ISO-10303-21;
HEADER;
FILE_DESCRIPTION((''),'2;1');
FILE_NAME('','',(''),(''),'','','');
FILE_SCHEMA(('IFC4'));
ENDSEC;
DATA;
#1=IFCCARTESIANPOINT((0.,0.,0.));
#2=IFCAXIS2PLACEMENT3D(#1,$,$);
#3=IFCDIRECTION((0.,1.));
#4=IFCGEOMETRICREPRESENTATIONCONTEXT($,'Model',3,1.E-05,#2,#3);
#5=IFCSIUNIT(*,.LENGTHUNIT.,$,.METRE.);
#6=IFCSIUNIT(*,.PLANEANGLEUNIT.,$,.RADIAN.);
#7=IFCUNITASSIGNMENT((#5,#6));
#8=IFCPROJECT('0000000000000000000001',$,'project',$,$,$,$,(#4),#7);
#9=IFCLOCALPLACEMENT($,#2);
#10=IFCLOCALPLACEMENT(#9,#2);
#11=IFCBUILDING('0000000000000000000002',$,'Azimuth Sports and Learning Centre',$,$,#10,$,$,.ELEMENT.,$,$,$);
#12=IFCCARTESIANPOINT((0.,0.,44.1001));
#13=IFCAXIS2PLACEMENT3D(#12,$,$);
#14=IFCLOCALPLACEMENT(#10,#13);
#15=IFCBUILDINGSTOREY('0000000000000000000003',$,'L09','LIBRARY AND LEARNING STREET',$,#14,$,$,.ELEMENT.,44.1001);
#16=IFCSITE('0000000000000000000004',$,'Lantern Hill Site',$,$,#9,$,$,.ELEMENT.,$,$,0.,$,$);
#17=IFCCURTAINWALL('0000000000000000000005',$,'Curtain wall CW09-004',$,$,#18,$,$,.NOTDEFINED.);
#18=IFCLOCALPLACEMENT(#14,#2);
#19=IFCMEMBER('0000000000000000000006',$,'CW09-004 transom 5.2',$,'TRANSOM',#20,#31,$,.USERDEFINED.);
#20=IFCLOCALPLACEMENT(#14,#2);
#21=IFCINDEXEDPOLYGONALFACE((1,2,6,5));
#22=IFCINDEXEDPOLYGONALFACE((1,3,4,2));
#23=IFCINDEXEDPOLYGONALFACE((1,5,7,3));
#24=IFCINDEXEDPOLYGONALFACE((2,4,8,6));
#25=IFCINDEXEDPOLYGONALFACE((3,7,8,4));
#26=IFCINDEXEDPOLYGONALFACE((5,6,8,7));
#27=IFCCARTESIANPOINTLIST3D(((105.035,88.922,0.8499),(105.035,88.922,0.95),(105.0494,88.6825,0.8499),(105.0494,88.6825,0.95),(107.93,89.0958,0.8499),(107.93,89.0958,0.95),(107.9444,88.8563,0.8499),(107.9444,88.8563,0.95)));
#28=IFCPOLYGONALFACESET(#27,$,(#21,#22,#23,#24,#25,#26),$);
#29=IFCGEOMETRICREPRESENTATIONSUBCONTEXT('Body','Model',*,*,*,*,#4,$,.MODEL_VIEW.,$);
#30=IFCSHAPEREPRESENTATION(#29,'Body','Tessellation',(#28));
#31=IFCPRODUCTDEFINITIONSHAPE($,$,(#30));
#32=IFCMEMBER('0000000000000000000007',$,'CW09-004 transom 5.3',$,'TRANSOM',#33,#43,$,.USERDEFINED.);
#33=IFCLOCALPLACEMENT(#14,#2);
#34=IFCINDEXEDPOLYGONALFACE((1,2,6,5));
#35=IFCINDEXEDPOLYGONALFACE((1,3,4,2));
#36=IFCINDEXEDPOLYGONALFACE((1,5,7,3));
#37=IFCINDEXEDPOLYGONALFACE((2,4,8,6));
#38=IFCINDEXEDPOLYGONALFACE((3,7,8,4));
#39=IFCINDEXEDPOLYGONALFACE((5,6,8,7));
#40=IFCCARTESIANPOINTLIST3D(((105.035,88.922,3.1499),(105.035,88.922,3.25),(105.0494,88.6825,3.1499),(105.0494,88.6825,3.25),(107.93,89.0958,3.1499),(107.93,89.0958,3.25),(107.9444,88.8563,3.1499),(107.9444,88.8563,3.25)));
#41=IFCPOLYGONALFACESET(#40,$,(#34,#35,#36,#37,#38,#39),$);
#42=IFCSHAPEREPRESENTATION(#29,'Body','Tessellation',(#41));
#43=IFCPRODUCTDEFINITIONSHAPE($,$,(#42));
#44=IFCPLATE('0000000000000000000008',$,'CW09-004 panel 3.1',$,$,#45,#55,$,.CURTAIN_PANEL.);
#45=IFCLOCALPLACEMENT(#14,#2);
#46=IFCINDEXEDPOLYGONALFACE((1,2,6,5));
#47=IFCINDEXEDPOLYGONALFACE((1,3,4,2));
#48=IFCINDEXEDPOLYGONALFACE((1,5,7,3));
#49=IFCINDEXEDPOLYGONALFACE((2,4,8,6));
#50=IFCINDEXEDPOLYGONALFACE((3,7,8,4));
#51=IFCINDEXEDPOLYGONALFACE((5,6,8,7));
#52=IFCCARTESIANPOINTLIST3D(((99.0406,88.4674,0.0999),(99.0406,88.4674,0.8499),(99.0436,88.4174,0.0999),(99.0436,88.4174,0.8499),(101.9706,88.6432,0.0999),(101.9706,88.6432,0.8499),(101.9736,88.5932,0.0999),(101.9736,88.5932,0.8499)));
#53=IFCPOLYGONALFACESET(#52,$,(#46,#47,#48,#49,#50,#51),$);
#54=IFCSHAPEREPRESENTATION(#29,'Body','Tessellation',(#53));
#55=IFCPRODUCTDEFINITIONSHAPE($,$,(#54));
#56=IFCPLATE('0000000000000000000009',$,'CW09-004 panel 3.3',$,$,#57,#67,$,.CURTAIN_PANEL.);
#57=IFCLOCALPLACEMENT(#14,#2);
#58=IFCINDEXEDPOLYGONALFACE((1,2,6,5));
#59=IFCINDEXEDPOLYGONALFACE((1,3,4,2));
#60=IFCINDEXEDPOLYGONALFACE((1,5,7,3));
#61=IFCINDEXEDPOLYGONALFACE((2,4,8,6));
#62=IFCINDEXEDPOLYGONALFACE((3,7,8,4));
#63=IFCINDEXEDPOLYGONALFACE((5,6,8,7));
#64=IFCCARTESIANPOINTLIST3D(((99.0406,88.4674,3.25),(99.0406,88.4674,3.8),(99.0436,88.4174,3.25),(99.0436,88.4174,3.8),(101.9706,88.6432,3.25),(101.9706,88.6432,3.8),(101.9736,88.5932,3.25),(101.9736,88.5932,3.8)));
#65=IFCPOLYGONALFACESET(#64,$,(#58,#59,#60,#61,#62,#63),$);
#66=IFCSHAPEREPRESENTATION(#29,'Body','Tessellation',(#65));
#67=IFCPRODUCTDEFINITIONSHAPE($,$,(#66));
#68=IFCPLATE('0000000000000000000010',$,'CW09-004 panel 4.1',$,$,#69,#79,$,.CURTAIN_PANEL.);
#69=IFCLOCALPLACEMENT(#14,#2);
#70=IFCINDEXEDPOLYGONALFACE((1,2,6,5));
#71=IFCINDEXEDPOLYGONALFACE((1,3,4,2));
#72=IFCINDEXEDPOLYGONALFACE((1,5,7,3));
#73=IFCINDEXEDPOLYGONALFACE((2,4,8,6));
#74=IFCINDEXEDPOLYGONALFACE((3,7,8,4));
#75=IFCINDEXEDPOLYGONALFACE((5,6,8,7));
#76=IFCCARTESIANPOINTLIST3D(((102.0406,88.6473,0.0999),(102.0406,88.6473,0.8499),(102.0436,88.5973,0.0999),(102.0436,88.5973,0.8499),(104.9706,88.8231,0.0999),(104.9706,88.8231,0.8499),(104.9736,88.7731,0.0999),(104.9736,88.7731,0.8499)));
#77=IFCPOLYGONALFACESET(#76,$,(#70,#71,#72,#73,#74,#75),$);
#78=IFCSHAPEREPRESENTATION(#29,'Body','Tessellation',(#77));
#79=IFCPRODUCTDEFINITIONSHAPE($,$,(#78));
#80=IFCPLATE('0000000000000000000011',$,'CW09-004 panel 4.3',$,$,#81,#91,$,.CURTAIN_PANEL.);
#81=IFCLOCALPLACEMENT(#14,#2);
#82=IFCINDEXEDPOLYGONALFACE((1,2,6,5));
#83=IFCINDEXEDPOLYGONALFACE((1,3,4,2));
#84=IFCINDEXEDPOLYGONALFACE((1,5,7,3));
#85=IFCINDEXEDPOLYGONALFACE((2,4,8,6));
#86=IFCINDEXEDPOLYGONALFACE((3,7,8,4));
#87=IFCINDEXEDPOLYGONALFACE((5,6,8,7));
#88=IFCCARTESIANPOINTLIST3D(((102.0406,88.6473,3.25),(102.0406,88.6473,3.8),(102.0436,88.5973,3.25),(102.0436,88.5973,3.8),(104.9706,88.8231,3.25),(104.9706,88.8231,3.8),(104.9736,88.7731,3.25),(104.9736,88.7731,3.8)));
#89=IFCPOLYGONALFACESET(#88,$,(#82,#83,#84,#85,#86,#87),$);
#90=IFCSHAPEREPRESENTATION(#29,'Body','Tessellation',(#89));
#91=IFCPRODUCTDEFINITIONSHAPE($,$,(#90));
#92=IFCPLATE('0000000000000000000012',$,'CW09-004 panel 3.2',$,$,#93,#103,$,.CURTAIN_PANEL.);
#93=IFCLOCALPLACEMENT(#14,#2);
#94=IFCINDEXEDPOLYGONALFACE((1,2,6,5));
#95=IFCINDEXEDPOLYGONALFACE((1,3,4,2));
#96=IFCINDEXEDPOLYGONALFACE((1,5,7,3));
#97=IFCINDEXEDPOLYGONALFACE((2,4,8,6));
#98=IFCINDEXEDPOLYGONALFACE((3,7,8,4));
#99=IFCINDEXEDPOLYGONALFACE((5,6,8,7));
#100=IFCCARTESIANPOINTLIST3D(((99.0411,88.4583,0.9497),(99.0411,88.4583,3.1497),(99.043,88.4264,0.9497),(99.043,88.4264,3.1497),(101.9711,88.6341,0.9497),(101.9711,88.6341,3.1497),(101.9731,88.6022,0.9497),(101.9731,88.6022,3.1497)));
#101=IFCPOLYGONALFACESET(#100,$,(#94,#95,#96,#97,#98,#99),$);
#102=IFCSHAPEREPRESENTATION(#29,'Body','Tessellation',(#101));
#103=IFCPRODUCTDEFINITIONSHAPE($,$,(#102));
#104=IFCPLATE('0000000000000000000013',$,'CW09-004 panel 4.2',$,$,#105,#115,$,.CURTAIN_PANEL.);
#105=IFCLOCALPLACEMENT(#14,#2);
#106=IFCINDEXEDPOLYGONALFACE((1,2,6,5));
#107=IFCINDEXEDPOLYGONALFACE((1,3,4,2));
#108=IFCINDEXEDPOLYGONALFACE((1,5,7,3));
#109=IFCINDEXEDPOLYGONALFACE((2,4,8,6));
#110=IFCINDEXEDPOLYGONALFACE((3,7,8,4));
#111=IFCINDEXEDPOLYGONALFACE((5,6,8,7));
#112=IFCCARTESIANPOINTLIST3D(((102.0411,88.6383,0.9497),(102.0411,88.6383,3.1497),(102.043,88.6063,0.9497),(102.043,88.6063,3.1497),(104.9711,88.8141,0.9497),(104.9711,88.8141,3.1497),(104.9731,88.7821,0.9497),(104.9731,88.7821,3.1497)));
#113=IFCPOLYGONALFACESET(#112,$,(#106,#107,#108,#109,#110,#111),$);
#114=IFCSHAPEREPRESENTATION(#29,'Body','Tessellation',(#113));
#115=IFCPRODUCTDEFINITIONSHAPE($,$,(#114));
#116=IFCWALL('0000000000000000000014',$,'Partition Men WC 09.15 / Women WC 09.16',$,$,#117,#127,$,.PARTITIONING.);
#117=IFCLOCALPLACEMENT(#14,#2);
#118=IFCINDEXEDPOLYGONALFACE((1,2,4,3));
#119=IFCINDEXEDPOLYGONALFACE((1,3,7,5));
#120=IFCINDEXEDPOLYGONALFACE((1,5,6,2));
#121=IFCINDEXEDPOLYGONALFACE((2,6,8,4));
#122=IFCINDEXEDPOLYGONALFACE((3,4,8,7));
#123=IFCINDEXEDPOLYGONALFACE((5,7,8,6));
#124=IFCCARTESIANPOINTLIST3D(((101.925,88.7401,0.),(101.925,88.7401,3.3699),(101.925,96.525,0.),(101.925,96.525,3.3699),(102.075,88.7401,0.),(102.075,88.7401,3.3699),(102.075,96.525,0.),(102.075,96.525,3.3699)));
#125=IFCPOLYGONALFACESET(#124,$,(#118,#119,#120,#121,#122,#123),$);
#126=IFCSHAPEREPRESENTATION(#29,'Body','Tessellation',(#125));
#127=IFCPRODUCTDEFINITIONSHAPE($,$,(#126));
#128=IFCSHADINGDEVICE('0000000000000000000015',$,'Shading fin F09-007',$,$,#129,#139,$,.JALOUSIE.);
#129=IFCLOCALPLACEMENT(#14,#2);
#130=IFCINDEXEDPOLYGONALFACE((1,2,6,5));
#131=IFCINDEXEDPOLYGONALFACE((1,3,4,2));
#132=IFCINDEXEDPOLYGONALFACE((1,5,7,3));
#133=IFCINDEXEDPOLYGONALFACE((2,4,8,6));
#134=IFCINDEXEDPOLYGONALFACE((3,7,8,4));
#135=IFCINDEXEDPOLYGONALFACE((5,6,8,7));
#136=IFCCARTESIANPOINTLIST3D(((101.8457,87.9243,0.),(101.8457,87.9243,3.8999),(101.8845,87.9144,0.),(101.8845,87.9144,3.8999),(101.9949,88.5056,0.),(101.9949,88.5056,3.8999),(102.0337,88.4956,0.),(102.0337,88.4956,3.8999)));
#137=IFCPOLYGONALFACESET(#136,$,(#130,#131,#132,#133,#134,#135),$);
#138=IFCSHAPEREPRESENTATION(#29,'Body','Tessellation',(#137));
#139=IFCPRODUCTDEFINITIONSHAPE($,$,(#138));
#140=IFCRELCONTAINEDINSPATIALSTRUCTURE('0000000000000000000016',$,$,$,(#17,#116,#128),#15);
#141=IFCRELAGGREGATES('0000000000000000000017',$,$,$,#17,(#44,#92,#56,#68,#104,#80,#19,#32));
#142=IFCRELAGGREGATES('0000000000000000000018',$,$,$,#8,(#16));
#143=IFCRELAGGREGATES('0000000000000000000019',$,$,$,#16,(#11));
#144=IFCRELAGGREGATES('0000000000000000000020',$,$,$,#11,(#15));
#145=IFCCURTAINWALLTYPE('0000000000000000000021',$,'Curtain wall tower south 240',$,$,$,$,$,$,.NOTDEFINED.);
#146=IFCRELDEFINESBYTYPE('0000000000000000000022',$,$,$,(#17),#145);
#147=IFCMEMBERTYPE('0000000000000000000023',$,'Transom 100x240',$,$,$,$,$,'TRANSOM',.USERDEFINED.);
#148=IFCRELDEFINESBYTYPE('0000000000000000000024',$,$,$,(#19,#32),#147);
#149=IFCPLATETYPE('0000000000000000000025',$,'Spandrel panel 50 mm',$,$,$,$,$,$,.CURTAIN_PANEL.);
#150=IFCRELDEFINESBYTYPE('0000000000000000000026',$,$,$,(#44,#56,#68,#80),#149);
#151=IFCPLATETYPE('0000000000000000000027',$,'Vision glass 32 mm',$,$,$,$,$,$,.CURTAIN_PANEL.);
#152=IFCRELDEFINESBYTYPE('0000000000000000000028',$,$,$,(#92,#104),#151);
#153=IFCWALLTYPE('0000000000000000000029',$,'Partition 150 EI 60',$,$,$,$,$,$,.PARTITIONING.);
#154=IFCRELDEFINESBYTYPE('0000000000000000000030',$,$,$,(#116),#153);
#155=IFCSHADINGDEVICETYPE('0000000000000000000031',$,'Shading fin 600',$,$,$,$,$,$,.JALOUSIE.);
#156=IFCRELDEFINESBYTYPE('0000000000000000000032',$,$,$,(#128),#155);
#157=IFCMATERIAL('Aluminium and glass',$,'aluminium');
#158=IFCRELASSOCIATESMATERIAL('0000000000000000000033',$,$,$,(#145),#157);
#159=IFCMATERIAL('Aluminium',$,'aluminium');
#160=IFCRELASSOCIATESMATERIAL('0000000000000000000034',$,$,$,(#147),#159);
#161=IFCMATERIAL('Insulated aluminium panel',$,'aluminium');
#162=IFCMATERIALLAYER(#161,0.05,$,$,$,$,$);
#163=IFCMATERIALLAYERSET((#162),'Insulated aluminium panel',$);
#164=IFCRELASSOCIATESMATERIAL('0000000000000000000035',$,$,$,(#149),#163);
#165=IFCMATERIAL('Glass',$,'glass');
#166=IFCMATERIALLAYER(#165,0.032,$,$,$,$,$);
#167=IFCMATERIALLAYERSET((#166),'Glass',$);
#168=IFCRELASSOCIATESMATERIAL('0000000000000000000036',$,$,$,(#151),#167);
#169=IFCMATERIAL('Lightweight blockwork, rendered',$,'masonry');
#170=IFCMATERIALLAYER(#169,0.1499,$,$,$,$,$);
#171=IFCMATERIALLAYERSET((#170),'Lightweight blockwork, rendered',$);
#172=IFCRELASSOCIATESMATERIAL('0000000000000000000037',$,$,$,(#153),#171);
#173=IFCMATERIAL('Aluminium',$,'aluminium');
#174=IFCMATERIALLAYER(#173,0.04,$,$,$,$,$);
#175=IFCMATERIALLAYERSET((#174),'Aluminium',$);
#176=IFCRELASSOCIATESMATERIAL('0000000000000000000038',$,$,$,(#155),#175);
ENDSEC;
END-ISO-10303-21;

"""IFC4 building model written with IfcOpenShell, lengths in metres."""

from ifc_helpers import new_model, si_unit, direction, frame, frame_2d, origin, origin_2d, place, context, subcontext, project, spatial, rectangle, extrude, material, layer, layer_set, material_profile, profile_set, type_object, element, aggregate, save


model = new_model("IFC4")

# Units and contexts
model_context = context("Model", 3, precision=1e-05, world=origin(), true_north=direction((0.0, 1.0)))
body_context = subcontext(model_context, "Body", "Model", "MODEL_VIEW")
ifc_project = project(units=[si_unit("LENGTHUNIT", "METRE"), si_unit("PLANEANGLEUNIT", "RADIAN")], contexts=[model_context])

# Site, building, storey
site_placement = place(None, origin())
site = spatial("IfcSite", under=ifc_project, at=site_placement, Name="Lantern Hill Site", CompositionType="ELEMENT", RefElevation=0.0)
building_placement = place(site_placement, origin())
building = spatial("IfcBuilding", under=site, at=building_placement, Name="Azimuth Sports and Learning Centre", CompositionType="ELEMENT")
storey_placement = place(building_placement, frame((0.0, 0.0, 44.1001)))
storey = spatial("IfcBuildingStorey", under=building, at=storey_placement, Name="L09", Description="LIBRARY AND LEARNING STREET", CompositionType="ELEMENT", Elevation=44.1001)

# Curtain wall, members, plates
ifc_material_1 = material(Name="Aluminium and glass", Category="aluminium")
curtain_wall_type = type_object("IfcCurtainWallType", Name="Curtain wall tower south 240", PredefinedType="NOTDEFINED", material=ifc_material_1)
curtain_wall_placement = place(storey_placement, origin())
curtain_wall = element("IfcCurtainWall", 1, at=curtain_wall_placement, inside=storey, type_object=curtain_wall_type, Name="Curtain wall CW09-004", PredefinedType="NOTDEFINED")
ifc_material_2 = material(Name="Aluminium", Category="aluminium")
ifc_material_profile_1 = material_profile(ifc_material_2, rectangle(XDim=0.24, YDim=0.1001, at=origin_2d()), Name="Transom 100x240")
ifc_profile_set_1 = profile_set([ifc_material_profile_1], Name="Aluminium")
member_type_1 = type_object("IfcMemberType", Name="Transom 100x240", ElementType="TRANSOM", PredefinedType="USERDEFINED", material=ifc_profile_set_1)
member_1_placement = place(storey_placement, frame((105.0422, 88.8022, 0.8999), z_axis=(0.998202, 0.059936, 0.0), x_axis=(-0.059936, 0.998202, 0.0)))
member_1 = element("IfcMember", 2, at=member_1_placement, type_object=member_type_1, Name="CW09-004 transom 5.2", ObjectType="TRANSOM", PredefinedType="USERDEFINED", context=body_context, shape_type="SweptSolid", body=[
    extrude(rectangle(XDim=0.24, YDim=0.1001, at=origin_2d()), origin(), (0.0, 0.0, 1.0), 2.9001),
])
member_2_placement = place(storey_placement, frame((105.0422, 88.8022, 3.2), z_axis=(0.998202, 0.059936, 0.0), x_axis=(-0.059936, 0.998202, 0.0)))
member_2 = element("IfcMember", 3, at=member_2_placement, type_object=member_type_1, Name="CW09-004 transom 5.3", ObjectType="TRANSOM", PredefinedType="USERDEFINED", context=body_context, shape_type="SweptSolid", body=[
    extrude(rectangle(XDim=0.24, YDim=0.1001, at=origin_2d()), origin(), (0.0, 0.0, 1.0), 2.9001),
])
ifc_material_3 = material(Name="Insulated aluminium panel", Category="aluminium")
ifc_layer_1 = layer(ifc_material_3, 0.05)
ifc_layer_set_1 = layer_set([ifc_layer_1], Name="Insulated aluminium panel")
plate_type_1 = type_object("IfcPlateType", Name="Spandrel panel 50 mm", PredefinedType="CURTAIN_PANEL", material=ifc_layer_set_1)
plate_1_placement = place(storey_placement, frame((100.5071, 88.5303, 0.0999), z_axis=(0.0, 0.0, 1.0), x_axis=(0.998205, 0.059892, 0.0)))
plate_1 = element("IfcPlate", 4, at=plate_1_placement, type_object=plate_type_1, Name="CW09-004 panel 3.1", PredefinedType="CURTAIN_PANEL", context=body_context, shape_type="SweptSolid", body=[
    extrude(rectangle(XDim=2.9353, YDim=0.05, at=origin_2d()), origin(), (0.0, 0.0, 1.0), 0.75),
])
plate_2_placement = place(storey_placement, frame((100.5071, 88.5303, 3.25), z_axis=(0.0, 0.0, 1.0), x_axis=(0.998205, 0.059892, 0.0)))
plate_2 = element("IfcPlate", 5, at=plate_2_placement, type_object=plate_type_1, Name="CW09-004 panel 3.3", PredefinedType="CURTAIN_PANEL", context=body_context, shape_type="SweptSolid", body=[
    extrude(rectangle(XDim=2.9353, YDim=0.05, at=origin_2d()), origin(), (0.0, 0.0, 1.0), 0.55),
])
plate_3_placement = place(storey_placement, frame((103.5071, 88.7102, 0.0999), z_axis=(0.0, 0.0, 1.0), x_axis=(0.998205, 0.059892, 0.0)))
plate_3 = element("IfcPlate", 6, at=plate_3_placement, type_object=plate_type_1, Name="CW09-004 panel 4.1", PredefinedType="CURTAIN_PANEL", context=body_context, shape_type="SweptSolid", body=[
    extrude(rectangle(XDim=2.9353, YDim=0.05, at=origin_2d()), origin(), (0.0, 0.0, 1.0), 0.75),
])
plate_4_placement = place(storey_placement, frame((103.5071, 88.7102, 3.25), z_axis=(0.0, 0.0, 1.0), x_axis=(0.998205, 0.059892, 0.0)))
plate_4 = element("IfcPlate", 7, at=plate_4_placement, type_object=plate_type_1, Name="CW09-004 panel 4.3", PredefinedType="CURTAIN_PANEL", context=body_context, shape_type="SweptSolid", body=[
    extrude(rectangle(XDim=2.9353, YDim=0.05, at=origin_2d()), origin(), (0.0, 0.0, 1.0), 0.55),
])
ifc_material_4 = material(Name="Glass", Category="glass")
ifc_layer_2 = layer(ifc_material_4, 0.032)
ifc_layer_set_2 = layer_set([ifc_layer_2], Name="Glass")
plate_type_2 = type_object("IfcPlateType", Name="Vision glass 32 mm", PredefinedType="CURTAIN_PANEL", material=ifc_layer_set_2)
plate_5_placement = place(storey_placement, frame((100.5071, 88.5303, 0.9497), z_axis=(0.0, 0.0, 1.0), x_axis=(0.998205, 0.059892, 0.0)))
plate_5 = element("IfcPlate", 8, at=plate_5_placement, type_object=plate_type_2, Name="CW09-004 panel 3.2", PredefinedType="CURTAIN_PANEL", context=body_context, shape_type="SweptSolid", body=[
    extrude(rectangle(XDim=2.9353, YDim=0.032, at=origin_2d()), origin(), (0.0, 0.0, 1.0), 2.2),
])
plate_6_placement = place(storey_placement, frame((103.5071, 88.7102, 0.9497), z_axis=(0.0, 0.0, 1.0), x_axis=(0.998205, 0.059892, 0.0)))
plate_6 = element("IfcPlate", 9, at=plate_6_placement, type_object=plate_type_2, Name="CW09-004 panel 4.2", PredefinedType="CURTAIN_PANEL", context=body_context, shape_type="SweptSolid", body=[
    extrude(rectangle(XDim=2.9353, YDim=0.032, at=origin_2d()), origin(), (0.0, 0.0, 1.0), 2.2),
])
aggregate(curtain_wall, [plate_1, plate_5, plate_2, plate_3, plate_6, plate_4, member_1, member_2])

# Wall
ifc_material_5 = material(Name="Lightweight blockwork, rendered", Category="masonry")
ifc_layer_3 = layer(ifc_material_5, 0.1499)
ifc_layer_set_3 = layer_set([ifc_layer_3], Name="Lightweight blockwork, rendered")
wall_type = type_object("IfcWallType", Name="Partition 150 EI 60", PredefinedType="PARTITIONING", material=ifc_layer_set_3)
wall_placement = place(storey_placement, frame((102.0, 88.74, 0.0), z_axis=(0.0, 0.0, 1.0), x_axis=(0.0, 1.0, 0.0)))
element("IfcWall", 10, at=wall_placement, inside=storey, type_object=wall_type, Name="Partition Men WC 09.15 / Women WC 09.16", PredefinedType="PARTITIONING", context=body_context, shape_type="SweptSolid", body=[
    extrude(rectangle(XDim=7.7849, YDim=0.1499, at=frame_2d((3.8926, 0.0))), origin(), (0.0, 0.0, 1.0), 3.3699),
])

# Shading device
ifc_material_6 = material(Name="Aluminium", Category="aluminium")
ifc_layer_4 = layer(ifc_material_6, 0.04)
ifc_layer_set_4 = layer_set([ifc_layer_4], Name="Aluminium")
shading_device_type = type_object("IfcShadingDeviceType", Name="Shading fin 600", PredefinedType="JALOUSIE", material=ifc_layer_set_4)
shading_device_placement = place(storey_placement, frame((101.9397, 88.21, 0.0), z_axis=(0.0, 0.0, 1.0), x_axis=(-0.248721, -0.968575, 0.0)))
element("IfcShadingDevice", 11, at=shading_device_placement, inside=storey, type_object=shading_device_type, Name="Shading fin F09-007", PredefinedType="JALOUSIE", context=body_context, shape_type="SweptSolid", body=[
    extrude(rectangle(XDim=0.6001, YDim=0.04, at=origin_2d()), origin(), (0.0, 0.0, 1.0), 3.8999),
])

save(model, "model.ifc")
